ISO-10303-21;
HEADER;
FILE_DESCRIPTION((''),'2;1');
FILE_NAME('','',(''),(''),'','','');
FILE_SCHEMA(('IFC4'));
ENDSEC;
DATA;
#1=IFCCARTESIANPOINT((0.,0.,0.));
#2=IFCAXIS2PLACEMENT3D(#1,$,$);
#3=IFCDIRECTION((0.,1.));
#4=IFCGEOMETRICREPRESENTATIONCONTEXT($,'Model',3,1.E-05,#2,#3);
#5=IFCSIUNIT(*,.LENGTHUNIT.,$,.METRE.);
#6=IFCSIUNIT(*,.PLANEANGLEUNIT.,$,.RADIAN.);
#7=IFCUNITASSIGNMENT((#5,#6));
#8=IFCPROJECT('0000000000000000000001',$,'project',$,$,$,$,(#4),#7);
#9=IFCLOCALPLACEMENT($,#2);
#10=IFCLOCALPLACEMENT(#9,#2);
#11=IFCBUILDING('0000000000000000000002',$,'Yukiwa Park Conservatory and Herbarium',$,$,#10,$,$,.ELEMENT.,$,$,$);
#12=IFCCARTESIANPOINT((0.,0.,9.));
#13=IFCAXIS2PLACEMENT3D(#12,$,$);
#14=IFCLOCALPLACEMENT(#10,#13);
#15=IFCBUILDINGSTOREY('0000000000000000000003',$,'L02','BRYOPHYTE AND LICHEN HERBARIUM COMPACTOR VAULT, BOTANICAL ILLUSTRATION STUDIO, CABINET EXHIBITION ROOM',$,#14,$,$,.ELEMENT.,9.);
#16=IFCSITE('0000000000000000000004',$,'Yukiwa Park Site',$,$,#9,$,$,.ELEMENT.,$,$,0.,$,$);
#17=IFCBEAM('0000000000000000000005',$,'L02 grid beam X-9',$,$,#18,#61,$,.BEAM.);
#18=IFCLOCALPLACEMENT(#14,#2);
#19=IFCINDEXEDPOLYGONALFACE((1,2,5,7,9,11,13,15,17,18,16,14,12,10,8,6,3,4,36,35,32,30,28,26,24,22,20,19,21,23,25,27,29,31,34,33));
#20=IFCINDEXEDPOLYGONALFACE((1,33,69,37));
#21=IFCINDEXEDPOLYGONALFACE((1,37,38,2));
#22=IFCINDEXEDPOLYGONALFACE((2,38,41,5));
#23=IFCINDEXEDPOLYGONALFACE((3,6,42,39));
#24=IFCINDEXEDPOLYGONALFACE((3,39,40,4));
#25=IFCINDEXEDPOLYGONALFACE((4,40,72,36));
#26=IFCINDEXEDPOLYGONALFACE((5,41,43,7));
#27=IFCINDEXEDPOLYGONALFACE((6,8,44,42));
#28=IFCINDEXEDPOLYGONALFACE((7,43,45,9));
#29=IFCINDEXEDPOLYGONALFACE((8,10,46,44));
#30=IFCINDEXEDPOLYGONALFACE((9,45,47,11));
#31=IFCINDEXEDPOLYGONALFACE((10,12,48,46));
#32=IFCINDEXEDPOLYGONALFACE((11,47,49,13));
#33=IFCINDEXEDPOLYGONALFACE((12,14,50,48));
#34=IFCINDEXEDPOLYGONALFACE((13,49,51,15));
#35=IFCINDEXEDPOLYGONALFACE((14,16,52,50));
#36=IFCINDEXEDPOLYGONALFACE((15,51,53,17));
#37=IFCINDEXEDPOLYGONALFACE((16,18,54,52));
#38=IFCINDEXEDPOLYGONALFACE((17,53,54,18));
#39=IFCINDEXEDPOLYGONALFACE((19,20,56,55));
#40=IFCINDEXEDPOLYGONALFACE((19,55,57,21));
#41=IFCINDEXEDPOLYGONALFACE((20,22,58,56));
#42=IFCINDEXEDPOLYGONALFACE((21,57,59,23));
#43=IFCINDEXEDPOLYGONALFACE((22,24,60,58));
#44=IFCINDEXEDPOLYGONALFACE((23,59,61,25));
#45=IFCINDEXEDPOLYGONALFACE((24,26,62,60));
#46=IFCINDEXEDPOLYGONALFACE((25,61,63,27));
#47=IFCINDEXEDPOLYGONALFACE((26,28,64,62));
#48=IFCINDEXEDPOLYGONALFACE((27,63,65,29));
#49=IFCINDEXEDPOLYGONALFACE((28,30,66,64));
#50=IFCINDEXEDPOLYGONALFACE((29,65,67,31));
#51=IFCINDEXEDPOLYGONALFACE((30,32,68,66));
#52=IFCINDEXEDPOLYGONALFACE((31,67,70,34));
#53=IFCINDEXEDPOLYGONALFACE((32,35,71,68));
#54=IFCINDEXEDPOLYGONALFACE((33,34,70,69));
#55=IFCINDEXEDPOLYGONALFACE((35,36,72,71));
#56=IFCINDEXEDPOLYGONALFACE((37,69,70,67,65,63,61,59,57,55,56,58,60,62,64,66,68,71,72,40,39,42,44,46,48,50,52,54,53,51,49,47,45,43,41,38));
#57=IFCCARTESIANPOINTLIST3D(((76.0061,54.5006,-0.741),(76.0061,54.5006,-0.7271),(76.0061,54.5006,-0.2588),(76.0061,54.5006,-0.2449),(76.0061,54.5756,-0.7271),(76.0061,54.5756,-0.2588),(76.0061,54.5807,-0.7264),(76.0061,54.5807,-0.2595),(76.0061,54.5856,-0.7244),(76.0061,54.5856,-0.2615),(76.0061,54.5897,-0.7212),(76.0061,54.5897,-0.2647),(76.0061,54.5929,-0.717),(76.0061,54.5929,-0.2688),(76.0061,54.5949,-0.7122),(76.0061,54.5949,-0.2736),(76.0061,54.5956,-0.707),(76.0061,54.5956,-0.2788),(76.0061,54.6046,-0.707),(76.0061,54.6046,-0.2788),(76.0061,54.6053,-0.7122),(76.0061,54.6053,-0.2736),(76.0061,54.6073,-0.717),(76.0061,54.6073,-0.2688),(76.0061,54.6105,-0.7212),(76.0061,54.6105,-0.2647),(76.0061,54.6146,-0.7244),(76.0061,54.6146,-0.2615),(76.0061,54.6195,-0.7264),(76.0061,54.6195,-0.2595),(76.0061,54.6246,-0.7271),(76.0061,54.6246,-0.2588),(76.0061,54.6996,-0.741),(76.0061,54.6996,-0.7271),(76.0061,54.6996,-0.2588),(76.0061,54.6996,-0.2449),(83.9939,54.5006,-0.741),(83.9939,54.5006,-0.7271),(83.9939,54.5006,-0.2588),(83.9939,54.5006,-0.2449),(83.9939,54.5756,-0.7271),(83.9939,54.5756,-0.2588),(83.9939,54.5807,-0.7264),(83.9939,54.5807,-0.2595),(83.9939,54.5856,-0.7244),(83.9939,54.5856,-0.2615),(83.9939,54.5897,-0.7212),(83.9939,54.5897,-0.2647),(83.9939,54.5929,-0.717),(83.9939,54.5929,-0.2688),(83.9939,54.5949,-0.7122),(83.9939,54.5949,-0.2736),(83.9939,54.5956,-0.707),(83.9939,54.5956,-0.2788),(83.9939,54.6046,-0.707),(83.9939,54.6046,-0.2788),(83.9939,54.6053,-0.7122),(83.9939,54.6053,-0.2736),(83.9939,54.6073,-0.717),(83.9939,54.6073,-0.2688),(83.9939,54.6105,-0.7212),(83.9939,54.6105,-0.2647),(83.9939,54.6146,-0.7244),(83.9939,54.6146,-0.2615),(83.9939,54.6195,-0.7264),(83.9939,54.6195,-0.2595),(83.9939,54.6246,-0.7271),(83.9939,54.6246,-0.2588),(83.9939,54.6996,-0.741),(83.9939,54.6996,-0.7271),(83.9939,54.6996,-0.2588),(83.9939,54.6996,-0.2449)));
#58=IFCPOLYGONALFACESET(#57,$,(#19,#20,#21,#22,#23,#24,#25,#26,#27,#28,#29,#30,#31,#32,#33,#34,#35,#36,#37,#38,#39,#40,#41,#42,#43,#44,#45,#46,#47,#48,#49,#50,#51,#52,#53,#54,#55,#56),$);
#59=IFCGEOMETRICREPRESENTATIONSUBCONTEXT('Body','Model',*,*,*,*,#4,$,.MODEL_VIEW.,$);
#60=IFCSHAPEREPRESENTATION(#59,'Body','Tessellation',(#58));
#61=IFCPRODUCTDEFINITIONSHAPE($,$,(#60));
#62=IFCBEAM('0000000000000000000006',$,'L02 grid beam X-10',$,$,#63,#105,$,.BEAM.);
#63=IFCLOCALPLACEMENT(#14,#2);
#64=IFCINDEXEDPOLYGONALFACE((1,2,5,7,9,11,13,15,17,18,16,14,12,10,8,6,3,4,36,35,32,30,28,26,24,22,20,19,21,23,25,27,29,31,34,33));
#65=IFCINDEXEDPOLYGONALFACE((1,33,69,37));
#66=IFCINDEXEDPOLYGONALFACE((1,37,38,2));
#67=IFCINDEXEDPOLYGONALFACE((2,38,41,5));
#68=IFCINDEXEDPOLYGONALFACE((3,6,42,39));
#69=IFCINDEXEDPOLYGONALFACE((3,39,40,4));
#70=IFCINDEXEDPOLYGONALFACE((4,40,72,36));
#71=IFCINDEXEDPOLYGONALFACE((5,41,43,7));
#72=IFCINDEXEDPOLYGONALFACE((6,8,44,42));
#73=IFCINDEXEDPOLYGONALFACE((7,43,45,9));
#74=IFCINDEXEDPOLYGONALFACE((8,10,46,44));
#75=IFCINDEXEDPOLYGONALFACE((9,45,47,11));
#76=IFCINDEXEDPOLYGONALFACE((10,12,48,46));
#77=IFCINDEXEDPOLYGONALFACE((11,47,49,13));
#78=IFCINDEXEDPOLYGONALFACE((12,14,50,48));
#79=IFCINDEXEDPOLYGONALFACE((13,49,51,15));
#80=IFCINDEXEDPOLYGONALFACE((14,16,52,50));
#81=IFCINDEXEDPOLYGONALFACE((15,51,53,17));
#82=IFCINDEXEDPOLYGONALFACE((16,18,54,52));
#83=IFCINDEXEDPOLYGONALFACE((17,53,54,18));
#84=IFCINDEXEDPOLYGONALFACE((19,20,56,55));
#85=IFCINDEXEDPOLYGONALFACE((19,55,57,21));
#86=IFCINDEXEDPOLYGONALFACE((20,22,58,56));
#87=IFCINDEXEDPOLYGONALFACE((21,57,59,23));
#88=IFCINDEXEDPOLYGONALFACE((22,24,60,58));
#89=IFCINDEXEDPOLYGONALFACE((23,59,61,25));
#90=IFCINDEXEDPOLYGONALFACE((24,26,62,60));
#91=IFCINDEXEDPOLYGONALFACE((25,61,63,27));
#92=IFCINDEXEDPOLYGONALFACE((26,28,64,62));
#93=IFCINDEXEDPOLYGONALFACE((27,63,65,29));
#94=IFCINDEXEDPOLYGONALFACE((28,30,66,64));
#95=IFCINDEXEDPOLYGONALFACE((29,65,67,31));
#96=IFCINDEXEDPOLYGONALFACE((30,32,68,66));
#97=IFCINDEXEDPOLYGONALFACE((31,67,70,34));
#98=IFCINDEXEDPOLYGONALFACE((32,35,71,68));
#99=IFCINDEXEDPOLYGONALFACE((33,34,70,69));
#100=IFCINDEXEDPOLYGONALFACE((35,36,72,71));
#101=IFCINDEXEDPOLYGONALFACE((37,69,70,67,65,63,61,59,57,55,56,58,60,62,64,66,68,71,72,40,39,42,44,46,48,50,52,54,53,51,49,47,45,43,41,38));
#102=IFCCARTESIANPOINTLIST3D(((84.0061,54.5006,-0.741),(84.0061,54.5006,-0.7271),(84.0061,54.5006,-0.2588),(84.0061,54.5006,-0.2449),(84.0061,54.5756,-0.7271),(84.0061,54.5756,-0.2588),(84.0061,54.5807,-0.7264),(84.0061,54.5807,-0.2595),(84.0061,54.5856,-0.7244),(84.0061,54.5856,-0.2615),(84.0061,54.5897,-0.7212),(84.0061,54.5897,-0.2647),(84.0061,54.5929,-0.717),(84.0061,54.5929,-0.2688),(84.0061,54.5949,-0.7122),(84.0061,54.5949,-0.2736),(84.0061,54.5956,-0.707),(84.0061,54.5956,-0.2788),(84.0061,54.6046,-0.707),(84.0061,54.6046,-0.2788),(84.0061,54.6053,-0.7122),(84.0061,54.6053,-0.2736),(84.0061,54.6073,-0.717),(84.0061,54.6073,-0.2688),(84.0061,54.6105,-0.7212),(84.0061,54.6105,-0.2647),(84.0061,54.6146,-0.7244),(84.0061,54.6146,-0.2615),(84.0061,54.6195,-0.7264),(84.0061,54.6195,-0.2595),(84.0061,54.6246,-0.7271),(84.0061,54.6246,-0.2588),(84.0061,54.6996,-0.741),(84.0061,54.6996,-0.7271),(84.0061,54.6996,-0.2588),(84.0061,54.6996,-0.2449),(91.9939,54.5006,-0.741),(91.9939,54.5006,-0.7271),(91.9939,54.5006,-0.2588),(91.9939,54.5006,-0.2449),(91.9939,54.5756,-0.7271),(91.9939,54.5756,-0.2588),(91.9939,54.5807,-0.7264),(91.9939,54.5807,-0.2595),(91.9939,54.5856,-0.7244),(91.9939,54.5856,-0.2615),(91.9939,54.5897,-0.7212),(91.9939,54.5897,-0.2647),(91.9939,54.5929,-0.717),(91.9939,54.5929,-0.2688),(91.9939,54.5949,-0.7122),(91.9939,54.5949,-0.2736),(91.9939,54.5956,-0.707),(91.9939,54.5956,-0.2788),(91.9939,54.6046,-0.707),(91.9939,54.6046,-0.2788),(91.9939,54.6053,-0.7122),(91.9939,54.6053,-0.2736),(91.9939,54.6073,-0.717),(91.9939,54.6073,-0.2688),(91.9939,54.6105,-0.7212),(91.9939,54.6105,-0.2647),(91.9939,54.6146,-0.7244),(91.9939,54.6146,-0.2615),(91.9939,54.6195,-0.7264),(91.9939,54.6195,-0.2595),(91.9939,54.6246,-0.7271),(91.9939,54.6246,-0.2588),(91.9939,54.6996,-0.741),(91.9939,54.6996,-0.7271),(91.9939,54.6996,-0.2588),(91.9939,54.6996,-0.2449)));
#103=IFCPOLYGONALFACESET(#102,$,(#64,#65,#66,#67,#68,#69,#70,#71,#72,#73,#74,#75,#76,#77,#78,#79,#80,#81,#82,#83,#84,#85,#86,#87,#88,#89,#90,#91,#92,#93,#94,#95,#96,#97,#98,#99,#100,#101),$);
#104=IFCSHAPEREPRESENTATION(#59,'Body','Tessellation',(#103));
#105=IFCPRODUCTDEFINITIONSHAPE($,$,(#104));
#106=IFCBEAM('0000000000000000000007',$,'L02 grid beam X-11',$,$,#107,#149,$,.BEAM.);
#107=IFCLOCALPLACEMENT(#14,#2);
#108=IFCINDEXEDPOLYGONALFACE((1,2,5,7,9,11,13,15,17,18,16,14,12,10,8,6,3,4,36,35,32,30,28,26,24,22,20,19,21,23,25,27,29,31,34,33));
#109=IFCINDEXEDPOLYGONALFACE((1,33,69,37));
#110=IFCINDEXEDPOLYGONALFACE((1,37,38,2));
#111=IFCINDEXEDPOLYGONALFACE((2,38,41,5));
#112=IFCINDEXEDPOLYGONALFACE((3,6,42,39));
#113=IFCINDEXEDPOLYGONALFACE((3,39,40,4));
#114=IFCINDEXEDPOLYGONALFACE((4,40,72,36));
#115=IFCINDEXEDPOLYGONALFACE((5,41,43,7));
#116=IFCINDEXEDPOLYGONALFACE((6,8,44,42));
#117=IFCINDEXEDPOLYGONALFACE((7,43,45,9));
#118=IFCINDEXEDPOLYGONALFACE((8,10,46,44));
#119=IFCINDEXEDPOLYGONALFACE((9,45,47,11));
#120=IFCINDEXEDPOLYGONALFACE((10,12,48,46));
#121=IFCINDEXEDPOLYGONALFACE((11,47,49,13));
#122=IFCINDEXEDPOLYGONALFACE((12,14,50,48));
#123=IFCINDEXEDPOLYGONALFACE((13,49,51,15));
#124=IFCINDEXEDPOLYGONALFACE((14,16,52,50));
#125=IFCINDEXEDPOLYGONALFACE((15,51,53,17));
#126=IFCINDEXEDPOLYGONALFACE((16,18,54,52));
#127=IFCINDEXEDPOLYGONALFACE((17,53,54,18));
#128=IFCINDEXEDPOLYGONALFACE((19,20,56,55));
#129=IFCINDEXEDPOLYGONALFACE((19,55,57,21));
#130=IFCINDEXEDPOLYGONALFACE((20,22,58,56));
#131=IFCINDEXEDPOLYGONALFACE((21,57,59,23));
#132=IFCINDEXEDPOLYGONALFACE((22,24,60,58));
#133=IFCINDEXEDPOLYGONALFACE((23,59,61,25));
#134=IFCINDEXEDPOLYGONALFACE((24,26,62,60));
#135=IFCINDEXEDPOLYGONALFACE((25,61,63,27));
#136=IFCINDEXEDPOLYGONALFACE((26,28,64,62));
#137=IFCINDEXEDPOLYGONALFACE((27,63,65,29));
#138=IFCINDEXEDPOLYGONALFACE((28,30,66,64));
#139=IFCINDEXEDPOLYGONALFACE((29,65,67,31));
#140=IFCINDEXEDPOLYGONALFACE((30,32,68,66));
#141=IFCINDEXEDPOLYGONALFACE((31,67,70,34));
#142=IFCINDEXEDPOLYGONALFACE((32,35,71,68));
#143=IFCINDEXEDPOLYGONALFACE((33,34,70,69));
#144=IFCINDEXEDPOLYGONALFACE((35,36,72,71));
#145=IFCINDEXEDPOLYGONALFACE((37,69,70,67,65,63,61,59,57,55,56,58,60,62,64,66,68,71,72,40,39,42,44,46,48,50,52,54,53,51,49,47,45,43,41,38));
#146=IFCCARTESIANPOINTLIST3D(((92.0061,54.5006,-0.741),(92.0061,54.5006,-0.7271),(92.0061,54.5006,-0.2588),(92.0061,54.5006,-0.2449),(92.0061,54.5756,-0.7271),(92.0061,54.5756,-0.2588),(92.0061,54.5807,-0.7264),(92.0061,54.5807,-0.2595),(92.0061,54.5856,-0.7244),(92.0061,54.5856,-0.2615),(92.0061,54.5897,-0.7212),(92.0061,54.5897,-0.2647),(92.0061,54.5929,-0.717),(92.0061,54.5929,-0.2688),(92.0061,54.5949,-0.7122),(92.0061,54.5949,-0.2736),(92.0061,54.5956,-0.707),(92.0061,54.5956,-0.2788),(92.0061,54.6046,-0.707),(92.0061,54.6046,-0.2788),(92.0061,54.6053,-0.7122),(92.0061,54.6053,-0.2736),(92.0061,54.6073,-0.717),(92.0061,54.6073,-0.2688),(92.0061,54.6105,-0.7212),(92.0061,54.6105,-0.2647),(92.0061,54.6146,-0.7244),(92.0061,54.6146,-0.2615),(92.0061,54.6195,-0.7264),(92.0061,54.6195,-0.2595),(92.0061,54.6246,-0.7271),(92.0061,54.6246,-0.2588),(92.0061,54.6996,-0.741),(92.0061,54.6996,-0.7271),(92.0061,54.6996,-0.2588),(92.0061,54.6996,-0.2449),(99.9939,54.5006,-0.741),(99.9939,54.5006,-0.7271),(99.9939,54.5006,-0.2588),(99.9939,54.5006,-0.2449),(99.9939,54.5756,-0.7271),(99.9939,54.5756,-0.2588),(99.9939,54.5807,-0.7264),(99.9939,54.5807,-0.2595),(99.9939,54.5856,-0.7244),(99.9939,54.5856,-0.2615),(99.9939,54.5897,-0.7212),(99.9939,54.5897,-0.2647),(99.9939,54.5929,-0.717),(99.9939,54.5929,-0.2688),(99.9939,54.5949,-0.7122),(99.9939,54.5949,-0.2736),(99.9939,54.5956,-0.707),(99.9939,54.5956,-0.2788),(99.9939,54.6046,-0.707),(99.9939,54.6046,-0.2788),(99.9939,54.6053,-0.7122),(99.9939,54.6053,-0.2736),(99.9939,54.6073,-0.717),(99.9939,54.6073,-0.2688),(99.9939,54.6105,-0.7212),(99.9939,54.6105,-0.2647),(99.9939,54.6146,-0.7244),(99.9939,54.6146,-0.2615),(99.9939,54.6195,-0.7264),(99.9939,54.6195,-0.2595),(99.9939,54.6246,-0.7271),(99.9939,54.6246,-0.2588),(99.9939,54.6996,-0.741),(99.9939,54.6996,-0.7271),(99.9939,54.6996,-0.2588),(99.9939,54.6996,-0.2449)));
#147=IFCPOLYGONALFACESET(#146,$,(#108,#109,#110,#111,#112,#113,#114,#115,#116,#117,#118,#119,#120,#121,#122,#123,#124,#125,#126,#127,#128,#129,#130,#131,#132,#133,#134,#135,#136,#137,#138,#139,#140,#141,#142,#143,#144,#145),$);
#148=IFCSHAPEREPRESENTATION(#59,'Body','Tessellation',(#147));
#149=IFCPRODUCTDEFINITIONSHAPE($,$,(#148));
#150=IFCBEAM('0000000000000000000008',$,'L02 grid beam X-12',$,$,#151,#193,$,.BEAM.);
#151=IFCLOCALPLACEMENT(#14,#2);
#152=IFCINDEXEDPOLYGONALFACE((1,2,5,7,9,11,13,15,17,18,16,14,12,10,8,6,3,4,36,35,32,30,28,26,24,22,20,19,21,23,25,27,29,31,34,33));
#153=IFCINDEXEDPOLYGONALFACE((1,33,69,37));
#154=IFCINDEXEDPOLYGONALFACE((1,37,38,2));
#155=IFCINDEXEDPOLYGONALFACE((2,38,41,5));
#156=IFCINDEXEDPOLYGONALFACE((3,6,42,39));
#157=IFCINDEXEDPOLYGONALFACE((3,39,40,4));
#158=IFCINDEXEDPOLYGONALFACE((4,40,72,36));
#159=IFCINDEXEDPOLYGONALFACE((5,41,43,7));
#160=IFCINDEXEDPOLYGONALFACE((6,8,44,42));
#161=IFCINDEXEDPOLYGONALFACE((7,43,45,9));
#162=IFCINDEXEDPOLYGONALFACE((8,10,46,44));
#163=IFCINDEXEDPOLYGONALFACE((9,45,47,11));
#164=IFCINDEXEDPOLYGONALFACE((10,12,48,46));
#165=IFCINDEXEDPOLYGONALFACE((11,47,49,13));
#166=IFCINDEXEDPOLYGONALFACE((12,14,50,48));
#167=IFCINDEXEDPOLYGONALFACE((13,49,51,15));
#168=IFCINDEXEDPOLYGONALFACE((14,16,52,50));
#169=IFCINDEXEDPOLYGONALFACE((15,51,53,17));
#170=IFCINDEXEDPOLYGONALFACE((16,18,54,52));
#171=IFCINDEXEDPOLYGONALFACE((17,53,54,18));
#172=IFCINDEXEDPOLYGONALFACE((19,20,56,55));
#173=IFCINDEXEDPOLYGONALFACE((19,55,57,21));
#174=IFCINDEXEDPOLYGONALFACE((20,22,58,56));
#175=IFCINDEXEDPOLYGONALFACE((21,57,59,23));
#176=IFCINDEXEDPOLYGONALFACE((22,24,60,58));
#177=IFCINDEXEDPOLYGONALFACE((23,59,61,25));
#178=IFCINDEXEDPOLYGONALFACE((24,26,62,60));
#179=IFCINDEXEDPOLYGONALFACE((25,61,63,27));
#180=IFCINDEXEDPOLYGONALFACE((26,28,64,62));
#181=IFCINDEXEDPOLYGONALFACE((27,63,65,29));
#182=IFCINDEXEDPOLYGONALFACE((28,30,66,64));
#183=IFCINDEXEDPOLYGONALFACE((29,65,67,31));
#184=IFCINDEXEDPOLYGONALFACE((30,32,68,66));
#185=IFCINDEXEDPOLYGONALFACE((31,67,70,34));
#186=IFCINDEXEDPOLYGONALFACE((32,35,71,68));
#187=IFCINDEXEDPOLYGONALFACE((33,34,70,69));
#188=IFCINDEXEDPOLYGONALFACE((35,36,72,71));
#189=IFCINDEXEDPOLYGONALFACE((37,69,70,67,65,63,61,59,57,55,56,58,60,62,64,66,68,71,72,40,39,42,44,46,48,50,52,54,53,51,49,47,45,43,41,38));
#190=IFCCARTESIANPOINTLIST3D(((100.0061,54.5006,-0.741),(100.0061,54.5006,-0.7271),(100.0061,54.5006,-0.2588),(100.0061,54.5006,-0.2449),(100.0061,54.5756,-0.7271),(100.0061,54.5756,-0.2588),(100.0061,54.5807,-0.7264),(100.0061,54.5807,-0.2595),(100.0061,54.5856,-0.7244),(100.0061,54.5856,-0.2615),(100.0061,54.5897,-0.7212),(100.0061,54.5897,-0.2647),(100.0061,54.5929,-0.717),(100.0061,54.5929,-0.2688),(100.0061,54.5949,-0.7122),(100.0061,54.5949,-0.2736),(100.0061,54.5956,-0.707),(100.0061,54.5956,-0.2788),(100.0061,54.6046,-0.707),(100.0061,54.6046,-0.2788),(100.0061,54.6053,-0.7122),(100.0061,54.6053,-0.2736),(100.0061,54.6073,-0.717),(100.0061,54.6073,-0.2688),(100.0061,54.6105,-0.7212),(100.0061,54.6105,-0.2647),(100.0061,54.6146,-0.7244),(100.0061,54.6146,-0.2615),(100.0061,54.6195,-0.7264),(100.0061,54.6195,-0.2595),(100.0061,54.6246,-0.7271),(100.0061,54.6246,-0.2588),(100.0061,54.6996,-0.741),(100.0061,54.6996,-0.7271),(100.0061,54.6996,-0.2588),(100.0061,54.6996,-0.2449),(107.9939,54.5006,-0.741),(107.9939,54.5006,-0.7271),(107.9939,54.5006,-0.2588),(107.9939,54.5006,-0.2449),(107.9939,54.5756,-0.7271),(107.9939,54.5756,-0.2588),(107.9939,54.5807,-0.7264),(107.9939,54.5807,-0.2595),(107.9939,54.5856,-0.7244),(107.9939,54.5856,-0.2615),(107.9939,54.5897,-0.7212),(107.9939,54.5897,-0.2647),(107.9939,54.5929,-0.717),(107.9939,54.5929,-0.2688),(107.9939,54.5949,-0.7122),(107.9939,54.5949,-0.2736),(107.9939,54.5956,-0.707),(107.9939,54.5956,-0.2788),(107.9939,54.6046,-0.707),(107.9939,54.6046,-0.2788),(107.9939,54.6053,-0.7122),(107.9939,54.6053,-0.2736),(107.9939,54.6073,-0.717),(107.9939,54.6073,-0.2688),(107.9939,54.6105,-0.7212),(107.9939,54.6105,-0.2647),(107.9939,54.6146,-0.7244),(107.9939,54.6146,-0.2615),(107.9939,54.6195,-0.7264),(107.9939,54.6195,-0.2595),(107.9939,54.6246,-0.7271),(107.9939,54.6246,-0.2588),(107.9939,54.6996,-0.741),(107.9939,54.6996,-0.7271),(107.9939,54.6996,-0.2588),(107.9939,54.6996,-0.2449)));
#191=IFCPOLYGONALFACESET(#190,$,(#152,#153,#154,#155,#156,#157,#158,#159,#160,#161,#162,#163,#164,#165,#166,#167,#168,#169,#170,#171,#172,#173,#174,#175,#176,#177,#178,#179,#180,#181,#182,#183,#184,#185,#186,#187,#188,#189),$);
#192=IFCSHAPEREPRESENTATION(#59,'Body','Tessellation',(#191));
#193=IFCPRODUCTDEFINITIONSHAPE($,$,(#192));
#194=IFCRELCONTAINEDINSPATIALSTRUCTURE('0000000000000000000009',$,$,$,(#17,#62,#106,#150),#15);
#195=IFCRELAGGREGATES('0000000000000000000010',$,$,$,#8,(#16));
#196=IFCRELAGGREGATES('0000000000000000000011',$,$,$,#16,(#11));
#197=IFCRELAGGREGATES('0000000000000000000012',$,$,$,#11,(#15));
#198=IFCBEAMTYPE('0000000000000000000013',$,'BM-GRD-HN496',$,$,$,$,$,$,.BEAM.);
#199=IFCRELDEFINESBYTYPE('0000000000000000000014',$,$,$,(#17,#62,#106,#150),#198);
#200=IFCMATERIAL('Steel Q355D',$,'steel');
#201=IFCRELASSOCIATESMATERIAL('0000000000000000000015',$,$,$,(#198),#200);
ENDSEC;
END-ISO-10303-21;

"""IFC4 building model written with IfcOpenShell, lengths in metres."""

from ifc_helpers import new_model, si_unit, direction, frame, origin, origin_2d, place, context, subcontext, project, spatial, i_section, extrude, material, material_profile, profile_set, type_object, element, save


model = new_model("IFC4")

# Units and contexts
model_context = context("Model", 3, precision=1e-05, world=origin(), true_north=direction((0.0, 1.0)))
body_context = subcontext(model_context, "Body", "Model", "MODEL_VIEW")
ifc_project = project(units=[si_unit("LENGTHUNIT", "METRE"), si_unit("PLANEANGLEUNIT", "RADIAN")], contexts=[model_context])

# Site, building, storey
site_placement = place(None, origin())
site = spatial("IfcSite", under=ifc_project, at=site_placement, Name="Yukiwa Park Site", CompositionType="ELEMENT", RefElevation=0.0)
building_placement = place(site_placement, origin())
building = spatial("IfcBuilding", under=site, at=building_placement, Name="Yukiwa Park Conservatory and Herbarium", CompositionType="ELEMENT")
storey_placement = place(building_placement, frame((0.0, 0.0, 9.0)))
storey = spatial("IfcBuildingStorey", under=building, at=storey_placement, Name="L02", Description="BRYOPHYTE AND LICHEN HERBARIUM COMPACTOR VAULT, BOTANICAL ILLUSTRATION STUDIO, CABINET EXHIBITION ROOM", CompositionType="ELEMENT", Elevation=9.0)

# Beams
ifc_material_1 = material(Name="Steel Q355D", Category="steel")
ifc_material_profile_1 = material_profile(ifc_material_1, i_section(OverallWidth=0.199, OverallDepth=0.4961, WebThickness=0.009, FlangeThickness=0.0139, FilletRadius=0.02, at=origin_2d()), Name="HN 496x199x9x14")
ifc_profile_set_1 = profile_set([ifc_material_profile_1], Name="Steel Q355D")
beam_type_1 = type_object("IfcBeamType", Name="BM-GRD-HN496", PredefinedType="BEAM", material=ifc_profile_set_1)
for number, where, z_axis, x_axis, name in (
    (1, (76.0061, 54.6001, -0.4929), (1.0, 0.0, 0.0), (0.0, 1.0, 0.0), "L02 grid beam X-9"),
    (2, (84.0061, 54.6001, -0.4929), (1.0, 0.0, 0.0), (0.0, 1.0, 0.0), "L02 grid beam X-10"),
    (3, (92.0061, 54.6001, -0.4929), (1.0, 0.0, 0.0), (0.0, 1.0, 0.0), "L02 grid beam X-11"),
    (4, (100.0061, 54.6001, -0.4929), (1.0, 0.0, 0.0), (0.0, 1.0, 0.0), "L02 grid beam X-12"),
):
    element("IfcBeam", number, at=place(storey_placement, frame(where, z_axis=z_axis, x_axis=x_axis)), inside=storey, type_object=beam_type_1, Name=name, PredefinedType="BEAM", context=body_context, shape_type="SweptSolid", body=[
        extrude(i_section(OverallWidth=0.199, OverallDepth=0.4961, WebThickness=0.009, FlangeThickness=0.0139, FilletRadius=0.02, at=origin_2d()), origin(), (0.0, 0.0, 1.0), 7.9878),
    ])

save(model, "model.ifc")
